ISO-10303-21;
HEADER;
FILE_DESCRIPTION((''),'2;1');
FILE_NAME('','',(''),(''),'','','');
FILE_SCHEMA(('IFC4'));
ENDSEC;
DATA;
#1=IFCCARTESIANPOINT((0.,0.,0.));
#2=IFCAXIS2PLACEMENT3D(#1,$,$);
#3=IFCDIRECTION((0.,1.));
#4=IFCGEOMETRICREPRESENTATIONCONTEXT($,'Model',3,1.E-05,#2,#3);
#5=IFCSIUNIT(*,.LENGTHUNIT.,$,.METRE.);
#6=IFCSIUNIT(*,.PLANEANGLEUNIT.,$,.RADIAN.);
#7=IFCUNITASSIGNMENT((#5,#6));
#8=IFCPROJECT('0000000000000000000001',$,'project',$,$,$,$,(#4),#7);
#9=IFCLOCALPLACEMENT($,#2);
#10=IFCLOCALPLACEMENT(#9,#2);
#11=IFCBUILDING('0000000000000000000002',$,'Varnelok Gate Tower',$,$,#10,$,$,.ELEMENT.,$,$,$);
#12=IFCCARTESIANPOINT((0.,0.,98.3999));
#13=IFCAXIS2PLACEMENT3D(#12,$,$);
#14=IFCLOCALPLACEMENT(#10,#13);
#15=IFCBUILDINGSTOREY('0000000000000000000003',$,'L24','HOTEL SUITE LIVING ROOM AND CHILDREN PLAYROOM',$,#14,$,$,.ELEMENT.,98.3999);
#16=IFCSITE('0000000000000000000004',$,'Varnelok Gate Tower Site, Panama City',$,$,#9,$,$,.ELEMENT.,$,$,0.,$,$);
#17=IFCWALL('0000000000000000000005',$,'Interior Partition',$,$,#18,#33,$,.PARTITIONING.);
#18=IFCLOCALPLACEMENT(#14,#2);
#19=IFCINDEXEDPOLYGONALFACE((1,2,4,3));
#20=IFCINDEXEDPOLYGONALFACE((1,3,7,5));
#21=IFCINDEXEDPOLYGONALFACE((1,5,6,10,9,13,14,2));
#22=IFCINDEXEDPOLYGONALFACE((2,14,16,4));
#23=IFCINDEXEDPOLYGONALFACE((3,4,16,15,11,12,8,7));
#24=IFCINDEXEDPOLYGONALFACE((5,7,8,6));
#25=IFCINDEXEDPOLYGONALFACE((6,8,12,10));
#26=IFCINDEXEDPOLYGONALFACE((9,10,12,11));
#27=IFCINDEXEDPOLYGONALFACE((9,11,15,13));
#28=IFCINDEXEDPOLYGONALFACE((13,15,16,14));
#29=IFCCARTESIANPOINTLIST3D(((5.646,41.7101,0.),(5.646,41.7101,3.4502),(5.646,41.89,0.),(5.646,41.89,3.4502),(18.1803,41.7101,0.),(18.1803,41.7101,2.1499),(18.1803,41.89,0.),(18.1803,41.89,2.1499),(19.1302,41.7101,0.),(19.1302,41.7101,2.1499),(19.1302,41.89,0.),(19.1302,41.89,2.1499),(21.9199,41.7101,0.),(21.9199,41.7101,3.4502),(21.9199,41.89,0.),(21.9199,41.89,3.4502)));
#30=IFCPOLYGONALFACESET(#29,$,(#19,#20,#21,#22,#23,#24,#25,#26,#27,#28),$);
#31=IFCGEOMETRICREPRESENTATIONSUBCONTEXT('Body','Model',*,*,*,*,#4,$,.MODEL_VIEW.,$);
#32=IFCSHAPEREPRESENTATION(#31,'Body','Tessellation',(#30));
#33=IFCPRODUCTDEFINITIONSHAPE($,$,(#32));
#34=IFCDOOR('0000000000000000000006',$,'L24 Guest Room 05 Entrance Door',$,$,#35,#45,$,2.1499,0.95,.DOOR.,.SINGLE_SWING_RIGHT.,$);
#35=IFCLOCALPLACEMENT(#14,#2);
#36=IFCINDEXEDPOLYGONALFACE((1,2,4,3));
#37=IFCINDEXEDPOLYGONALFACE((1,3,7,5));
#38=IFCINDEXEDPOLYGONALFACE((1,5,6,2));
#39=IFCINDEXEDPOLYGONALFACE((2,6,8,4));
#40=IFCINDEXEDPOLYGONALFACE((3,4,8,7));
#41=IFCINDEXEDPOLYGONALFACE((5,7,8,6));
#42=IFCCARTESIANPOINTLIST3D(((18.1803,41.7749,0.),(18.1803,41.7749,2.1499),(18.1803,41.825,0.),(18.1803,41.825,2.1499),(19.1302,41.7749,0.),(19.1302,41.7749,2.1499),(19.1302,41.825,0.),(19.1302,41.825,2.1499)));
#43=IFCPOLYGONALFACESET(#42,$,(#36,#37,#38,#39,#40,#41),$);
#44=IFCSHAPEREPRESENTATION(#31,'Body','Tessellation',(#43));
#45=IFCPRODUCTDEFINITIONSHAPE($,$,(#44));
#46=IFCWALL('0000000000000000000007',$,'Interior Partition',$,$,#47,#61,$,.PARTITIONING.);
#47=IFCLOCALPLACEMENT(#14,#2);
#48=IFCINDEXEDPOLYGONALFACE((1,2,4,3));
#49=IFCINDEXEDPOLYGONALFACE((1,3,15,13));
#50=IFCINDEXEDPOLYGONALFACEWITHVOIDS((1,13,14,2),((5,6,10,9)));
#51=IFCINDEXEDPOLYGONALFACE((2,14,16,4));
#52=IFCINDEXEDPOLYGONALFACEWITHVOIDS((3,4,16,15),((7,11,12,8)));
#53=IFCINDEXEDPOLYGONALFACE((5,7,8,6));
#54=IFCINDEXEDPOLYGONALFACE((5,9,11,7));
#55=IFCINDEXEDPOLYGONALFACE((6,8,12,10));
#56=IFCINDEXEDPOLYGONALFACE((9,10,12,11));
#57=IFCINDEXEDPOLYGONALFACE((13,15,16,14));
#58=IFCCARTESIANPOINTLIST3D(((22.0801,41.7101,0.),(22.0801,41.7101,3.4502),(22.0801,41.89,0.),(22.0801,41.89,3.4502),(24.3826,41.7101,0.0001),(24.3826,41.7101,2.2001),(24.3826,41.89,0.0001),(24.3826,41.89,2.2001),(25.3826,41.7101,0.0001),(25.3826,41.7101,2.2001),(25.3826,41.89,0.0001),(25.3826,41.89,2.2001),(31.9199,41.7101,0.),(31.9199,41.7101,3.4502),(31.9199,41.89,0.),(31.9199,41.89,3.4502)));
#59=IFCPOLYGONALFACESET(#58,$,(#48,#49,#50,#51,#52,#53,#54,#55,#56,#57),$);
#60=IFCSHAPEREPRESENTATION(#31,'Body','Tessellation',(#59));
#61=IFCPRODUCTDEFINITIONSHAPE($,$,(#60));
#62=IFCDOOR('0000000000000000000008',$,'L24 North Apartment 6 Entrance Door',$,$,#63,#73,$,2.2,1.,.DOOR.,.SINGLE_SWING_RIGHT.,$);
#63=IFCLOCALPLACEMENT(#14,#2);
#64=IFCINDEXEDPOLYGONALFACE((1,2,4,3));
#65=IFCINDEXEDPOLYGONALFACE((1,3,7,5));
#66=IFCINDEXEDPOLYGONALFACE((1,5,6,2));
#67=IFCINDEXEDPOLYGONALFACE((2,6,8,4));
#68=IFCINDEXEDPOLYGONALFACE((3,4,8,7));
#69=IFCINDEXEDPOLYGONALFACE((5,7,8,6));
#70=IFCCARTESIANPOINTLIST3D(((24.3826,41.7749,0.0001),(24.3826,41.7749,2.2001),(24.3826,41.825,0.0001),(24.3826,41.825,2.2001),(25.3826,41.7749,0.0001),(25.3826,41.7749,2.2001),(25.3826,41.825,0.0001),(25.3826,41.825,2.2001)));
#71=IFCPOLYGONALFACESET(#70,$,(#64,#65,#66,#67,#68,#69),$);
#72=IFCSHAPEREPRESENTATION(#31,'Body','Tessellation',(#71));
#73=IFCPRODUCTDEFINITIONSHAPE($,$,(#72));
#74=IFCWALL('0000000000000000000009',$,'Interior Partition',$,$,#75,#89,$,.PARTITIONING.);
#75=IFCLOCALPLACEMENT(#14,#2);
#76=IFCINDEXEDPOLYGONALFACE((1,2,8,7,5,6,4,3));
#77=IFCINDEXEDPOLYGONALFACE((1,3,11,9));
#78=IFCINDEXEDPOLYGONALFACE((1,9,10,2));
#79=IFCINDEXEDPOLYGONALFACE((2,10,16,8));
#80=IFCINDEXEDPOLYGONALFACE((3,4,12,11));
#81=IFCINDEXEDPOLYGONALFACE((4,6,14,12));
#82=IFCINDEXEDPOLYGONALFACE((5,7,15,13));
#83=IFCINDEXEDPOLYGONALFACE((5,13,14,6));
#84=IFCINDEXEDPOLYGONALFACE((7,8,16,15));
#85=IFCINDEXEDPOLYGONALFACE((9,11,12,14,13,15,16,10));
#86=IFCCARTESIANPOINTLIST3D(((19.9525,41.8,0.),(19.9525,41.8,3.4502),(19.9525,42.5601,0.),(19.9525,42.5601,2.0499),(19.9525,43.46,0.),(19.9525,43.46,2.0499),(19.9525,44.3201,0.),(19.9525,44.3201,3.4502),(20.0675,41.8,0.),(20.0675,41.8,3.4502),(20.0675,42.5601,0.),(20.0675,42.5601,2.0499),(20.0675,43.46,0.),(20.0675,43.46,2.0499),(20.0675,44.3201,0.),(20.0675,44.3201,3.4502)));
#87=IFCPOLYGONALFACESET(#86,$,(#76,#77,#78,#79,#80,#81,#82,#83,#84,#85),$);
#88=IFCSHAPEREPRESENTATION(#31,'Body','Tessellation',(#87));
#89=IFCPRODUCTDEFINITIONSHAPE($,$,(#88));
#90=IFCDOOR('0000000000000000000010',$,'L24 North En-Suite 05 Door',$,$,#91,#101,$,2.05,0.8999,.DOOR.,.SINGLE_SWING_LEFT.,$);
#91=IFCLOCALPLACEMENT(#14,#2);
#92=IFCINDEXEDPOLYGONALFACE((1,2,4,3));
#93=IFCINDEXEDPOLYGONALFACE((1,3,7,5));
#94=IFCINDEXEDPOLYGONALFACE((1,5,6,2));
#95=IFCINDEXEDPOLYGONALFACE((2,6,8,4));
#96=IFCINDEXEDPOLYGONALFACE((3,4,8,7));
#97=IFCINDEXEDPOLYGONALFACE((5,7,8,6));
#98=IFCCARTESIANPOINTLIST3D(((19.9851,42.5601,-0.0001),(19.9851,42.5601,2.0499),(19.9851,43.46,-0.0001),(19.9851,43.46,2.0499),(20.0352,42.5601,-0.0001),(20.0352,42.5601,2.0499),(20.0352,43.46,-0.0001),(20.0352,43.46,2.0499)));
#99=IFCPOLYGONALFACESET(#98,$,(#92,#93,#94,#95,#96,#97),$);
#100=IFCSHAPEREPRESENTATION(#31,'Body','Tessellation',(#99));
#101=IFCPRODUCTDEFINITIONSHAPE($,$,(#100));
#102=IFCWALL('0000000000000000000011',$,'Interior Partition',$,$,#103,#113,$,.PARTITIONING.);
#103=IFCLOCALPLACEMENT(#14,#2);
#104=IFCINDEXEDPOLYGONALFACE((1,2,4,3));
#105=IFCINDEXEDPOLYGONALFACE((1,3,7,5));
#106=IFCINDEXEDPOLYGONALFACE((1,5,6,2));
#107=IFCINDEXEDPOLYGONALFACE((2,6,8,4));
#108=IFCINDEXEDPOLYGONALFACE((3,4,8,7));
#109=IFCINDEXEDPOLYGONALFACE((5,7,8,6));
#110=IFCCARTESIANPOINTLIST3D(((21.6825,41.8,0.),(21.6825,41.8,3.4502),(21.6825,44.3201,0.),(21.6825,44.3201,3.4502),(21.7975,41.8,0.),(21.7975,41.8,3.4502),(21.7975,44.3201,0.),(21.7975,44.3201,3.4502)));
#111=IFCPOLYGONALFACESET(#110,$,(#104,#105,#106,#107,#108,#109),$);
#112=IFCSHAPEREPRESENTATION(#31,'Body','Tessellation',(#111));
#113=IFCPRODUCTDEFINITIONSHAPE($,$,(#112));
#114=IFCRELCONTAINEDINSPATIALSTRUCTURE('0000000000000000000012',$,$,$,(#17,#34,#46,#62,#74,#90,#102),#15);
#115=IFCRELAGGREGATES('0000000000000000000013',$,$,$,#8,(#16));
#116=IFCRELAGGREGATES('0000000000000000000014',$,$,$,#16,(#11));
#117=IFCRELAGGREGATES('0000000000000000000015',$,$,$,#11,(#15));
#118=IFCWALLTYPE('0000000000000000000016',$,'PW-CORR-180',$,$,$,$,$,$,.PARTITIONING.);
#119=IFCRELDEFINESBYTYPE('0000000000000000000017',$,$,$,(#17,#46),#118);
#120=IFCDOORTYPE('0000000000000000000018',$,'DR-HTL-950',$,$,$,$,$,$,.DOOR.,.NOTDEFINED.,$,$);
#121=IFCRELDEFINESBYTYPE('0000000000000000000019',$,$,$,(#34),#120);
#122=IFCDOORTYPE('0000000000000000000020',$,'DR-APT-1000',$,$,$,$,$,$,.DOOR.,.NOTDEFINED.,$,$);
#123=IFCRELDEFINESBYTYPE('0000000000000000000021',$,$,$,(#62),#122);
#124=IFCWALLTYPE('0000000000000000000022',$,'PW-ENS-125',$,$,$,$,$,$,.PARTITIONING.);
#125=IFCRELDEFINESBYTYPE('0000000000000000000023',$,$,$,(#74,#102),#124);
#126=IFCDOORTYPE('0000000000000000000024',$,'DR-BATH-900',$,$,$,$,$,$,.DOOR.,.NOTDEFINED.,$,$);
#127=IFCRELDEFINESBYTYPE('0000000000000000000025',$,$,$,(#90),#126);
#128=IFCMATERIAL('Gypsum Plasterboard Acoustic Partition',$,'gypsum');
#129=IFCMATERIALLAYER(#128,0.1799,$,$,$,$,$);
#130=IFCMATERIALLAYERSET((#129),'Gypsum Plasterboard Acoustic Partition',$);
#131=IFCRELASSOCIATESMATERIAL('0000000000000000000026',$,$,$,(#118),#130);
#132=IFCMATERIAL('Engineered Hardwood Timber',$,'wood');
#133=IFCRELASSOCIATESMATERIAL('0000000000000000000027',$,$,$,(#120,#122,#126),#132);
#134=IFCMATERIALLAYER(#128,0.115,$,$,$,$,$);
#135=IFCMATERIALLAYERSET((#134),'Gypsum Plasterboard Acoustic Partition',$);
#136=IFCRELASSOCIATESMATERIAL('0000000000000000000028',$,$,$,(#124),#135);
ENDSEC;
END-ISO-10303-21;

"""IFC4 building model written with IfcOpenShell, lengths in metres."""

from ifc_helpers import new_model, si_unit, direction, frame, frame_2d, origin, place, context, subcontext, project, spatial, rectangle, extrude, material, layer, layer_set, type_object, element, fill, save


model = new_model("IFC4")

# Units and contexts
model_context = context("Model", 3, precision=1e-05, world=origin(), true_north=direction((0.0, 1.0)))
body_context = subcontext(model_context, "Body", "Model", "MODEL_VIEW")
ifc_project = project(units=[si_unit("LENGTHUNIT", "METRE"), si_unit("PLANEANGLEUNIT", "RADIAN")], contexts=[model_context])

# Site, building, storey
site_placement = place(None, origin())
site = spatial("IfcSite", under=ifc_project, at=site_placement, Name="Varnelok Gate Tower Site, Panama City", CompositionType="ELEMENT", RefElevation=0.0)
building_placement = place(site_placement, origin())
building = spatial("IfcBuilding", under=site, at=building_placement, Name="Varnelok Gate Tower", CompositionType="ELEMENT")
storey_placement = place(building_placement, frame((0.0, 0.0, 98.3999)))
storey = spatial("IfcBuildingStorey", under=building, at=storey_placement, Name="L24", Description="HOTEL SUITE LIVING ROOM AND CHILDREN PLAYROOM", CompositionType="ELEMENT", Elevation=98.3999)

# Walls, openings, doors
ifc_material_1 = material(Name="Gypsum Plasterboard Acoustic Partition", Category="gypsum")
ifc_layer_1 = layer(ifc_material_1, 0.1799)
ifc_layer_set_1 = layer_set([ifc_layer_1], Name="Gypsum Plasterboard Acoustic Partition")
wall_type_1 = type_object("IfcWallType", Name="PW-CORR-180", PredefinedType="PARTITIONING", material=ifc_layer_set_1)
wall_1_placement = place(storey_placement, frame((5.646, 41.8, 0.0), z_axis=(0.0, 0.0, 1.0), x_axis=(1.0, 0.0, 0.0)))
wall_1 = element("IfcWall", 1, at=wall_1_placement, inside=storey, type_object=wall_type_1, Name="Interior Partition", PredefinedType="PARTITIONING", context=body_context, shape_type="SweptSolid", body=[
    extrude(rectangle(XDim=16.2739, YDim=0.1799, at=frame_2d((8.137, 0.0))), origin(), (0.0, 0.0, 1.0), 3.4502),
])
opening_1_placement = place(wall_1_placement, frame((12.5342, 0.0, 0.0)))
opening_1 = element("IfcOpeningElement", 2, at=opening_1_placement, cuts=wall_1, PredefinedType="OPENING", context=body_context, shape_type="SweptSolid", body=[
    extrude(rectangle(XDim=0.95, YDim=2.1499, at=frame_2d((0.4751, 1.075))), frame((0.0, 0.0999, 0.0), z_axis=(0.0, -1.0, 0.0), x_axis=(1.0, 0.0, 0.0)), (0.0, 0.0, 1.0), 0.2),
])
ifc_material_2 = material(Name="Engineered Hardwood Timber", Category="wood")
door_type_1 = type_object("IfcDoorType", Name="DR-HTL-950", OperationType="NOTDEFINED", PredefinedType="DOOR", material=ifc_material_2)
door_1_placement = place(opening_1_placement, origin())
door_1 = element("IfcDoor", 3, at=door_1_placement, inside=storey, type_object=door_type_1, Name="L24 Guest Room 05 Entrance Door", OperationType="SINGLE_SWING_RIGHT", OverallHeight=2.1499, OverallWidth=0.95, PredefinedType="DOOR", context=body_context, shape_type="SweptSolid", body=[
    extrude(rectangle(XDim=0.95, YDim=2.1499, at=frame_2d((0.4751, 1.075))), frame((0.0, 0.0249, 0.0), z_axis=(0.0, -1.0, 0.0), x_axis=(1.0, 0.0, 0.0)), (0.0, 0.0, 1.0), 0.05),
])
fill(opening_1, door_1)
wall_2_placement = place(storey_placement, frame((22.0801, 41.8, 0.0), z_axis=(0.0, 0.0, 1.0), x_axis=(1.0, 0.0, 0.0)))
wall_2 = element("IfcWall", 4, at=wall_2_placement, inside=storey, type_object=wall_type_1, Name="Interior Partition", PredefinedType="PARTITIONING", context=body_context, shape_type="SweptSolid", body=[
    extrude(rectangle(XDim=9.8398, YDim=0.1799, at=frame_2d((4.9199, 0.0))), origin(), (0.0, 0.0, 1.0), 3.4502),
])
opening_2_placement = place(wall_2_placement, frame((2.3025, 0.0, 0.0)))
opening_2 = element("IfcOpeningElement", 5, at=opening_2_placement, cuts=wall_2, PredefinedType="OPENING", context=body_context, shape_type="SweptSolid", body=[
    extrude(rectangle(XDim=1.0, YDim=2.2, at=frame_2d((0.5, 1.1001))), frame((0.0, 0.0999, 0.0), z_axis=(0.0, -1.0, 0.0), x_axis=(1.0, 0.0, 0.0)), (0.0, 0.0, 1.0), 0.2),
])
door_type_2 = type_object("IfcDoorType", Name="DR-APT-1000", OperationType="NOTDEFINED", PredefinedType="DOOR", material=ifc_material_2)
door_2_placement = place(opening_2_placement, origin())
door_2 = element("IfcDoor", 6, at=door_2_placement, inside=storey, type_object=door_type_2, Name="L24 North Apartment 6 Entrance Door", OperationType="SINGLE_SWING_RIGHT", OverallHeight=2.2, OverallWidth=1.0, PredefinedType="DOOR", context=body_context, shape_type="SweptSolid", body=[
    extrude(rectangle(XDim=1.0, YDim=2.2, at=frame_2d((0.5, 1.1001))), frame((0.0, 0.0249, 0.0), z_axis=(0.0, -1.0, 0.0), x_axis=(1.0, 0.0, 0.0)), (0.0, 0.0, 1.0), 0.05),
])
fill(opening_2, door_2)
ifc_layer_2 = layer(ifc_material_1, 0.115)
ifc_layer_set_2 = layer_set([ifc_layer_2], Name="Gypsum Plasterboard Acoustic Partition")
wall_type_2 = type_object("IfcWallType", Name="PW-ENS-125", PredefinedType="PARTITIONING", material=ifc_layer_set_2)
wall_3_placement = place(storey_placement, frame((20.01, 41.8, 0.0), z_axis=(0.0, 0.0, 1.0), x_axis=(0.0, 1.0, 0.0)))
wall_3 = element("IfcWall", 7, at=wall_3_placement, inside=storey, type_object=wall_type_2, Name="Interior Partition", PredefinedType="PARTITIONING", context=body_context, shape_type="SweptSolid", body=[
    extrude(rectangle(XDim=2.52, YDim=0.115, at=frame_2d((1.26, 0.0))), origin(), (0.0, 0.0, 1.0), 3.4502),
])
opening_3_placement = place(wall_3_placement, frame((0.76, 0.0, 0.0)))
opening_3 = element("IfcOpeningElement", 8, at=opening_3_placement, cuts=wall_3, PredefinedType="OPENING", context=body_context, shape_type="SweptSolid", body=[
    extrude(rectangle(XDim=0.8999, YDim=2.05, at=frame_2d((0.45, 1.0249))), frame((0.0, 0.0674, 0.0), z_axis=(0.0, -1.0, 0.0), x_axis=(1.0, 0.0, 0.0)), (0.0, 0.0, 1.0), 0.135),
])
door_type_3 = type_object("IfcDoorType", Name="DR-BATH-900", OperationType="NOTDEFINED", PredefinedType="DOOR", material=ifc_material_2)
door_3_placement = place(opening_3_placement, origin())
door_3 = element("IfcDoor", 9, at=door_3_placement, inside=storey, type_object=door_type_3, Name="L24 North En-Suite 05 Door", OperationType="SINGLE_SWING_LEFT", OverallHeight=2.05, OverallWidth=0.8999, PredefinedType="DOOR", context=body_context, shape_type="SweptSolid", body=[
    extrude(rectangle(XDim=0.8999, YDim=2.05, at=frame_2d((0.45, 1.0249))), frame((0.0, 0.0249, 0.0), z_axis=(0.0, -1.0, 0.0), x_axis=(1.0, 0.0, 0.0)), (0.0, 0.0, 1.0), 0.05),
])
fill(opening_3, door_3)

# Wall
wall_4_placement = place(storey_placement, frame((21.74, 41.8, 0.0), z_axis=(0.0, 0.0, 1.0), x_axis=(0.0, 1.0, 0.0)))
element("IfcWall", 10, at=wall_4_placement, inside=storey, type_object=wall_type_2, Name="Interior Partition", PredefinedType="PARTITIONING", context=body_context, shape_type="SweptSolid", body=[
    extrude(rectangle(XDim=2.52, YDim=0.115, at=frame_2d((1.26, 0.0))), origin(), (0.0, 0.0, 1.0), 3.4502),
])

save(model, "model.ifc")
